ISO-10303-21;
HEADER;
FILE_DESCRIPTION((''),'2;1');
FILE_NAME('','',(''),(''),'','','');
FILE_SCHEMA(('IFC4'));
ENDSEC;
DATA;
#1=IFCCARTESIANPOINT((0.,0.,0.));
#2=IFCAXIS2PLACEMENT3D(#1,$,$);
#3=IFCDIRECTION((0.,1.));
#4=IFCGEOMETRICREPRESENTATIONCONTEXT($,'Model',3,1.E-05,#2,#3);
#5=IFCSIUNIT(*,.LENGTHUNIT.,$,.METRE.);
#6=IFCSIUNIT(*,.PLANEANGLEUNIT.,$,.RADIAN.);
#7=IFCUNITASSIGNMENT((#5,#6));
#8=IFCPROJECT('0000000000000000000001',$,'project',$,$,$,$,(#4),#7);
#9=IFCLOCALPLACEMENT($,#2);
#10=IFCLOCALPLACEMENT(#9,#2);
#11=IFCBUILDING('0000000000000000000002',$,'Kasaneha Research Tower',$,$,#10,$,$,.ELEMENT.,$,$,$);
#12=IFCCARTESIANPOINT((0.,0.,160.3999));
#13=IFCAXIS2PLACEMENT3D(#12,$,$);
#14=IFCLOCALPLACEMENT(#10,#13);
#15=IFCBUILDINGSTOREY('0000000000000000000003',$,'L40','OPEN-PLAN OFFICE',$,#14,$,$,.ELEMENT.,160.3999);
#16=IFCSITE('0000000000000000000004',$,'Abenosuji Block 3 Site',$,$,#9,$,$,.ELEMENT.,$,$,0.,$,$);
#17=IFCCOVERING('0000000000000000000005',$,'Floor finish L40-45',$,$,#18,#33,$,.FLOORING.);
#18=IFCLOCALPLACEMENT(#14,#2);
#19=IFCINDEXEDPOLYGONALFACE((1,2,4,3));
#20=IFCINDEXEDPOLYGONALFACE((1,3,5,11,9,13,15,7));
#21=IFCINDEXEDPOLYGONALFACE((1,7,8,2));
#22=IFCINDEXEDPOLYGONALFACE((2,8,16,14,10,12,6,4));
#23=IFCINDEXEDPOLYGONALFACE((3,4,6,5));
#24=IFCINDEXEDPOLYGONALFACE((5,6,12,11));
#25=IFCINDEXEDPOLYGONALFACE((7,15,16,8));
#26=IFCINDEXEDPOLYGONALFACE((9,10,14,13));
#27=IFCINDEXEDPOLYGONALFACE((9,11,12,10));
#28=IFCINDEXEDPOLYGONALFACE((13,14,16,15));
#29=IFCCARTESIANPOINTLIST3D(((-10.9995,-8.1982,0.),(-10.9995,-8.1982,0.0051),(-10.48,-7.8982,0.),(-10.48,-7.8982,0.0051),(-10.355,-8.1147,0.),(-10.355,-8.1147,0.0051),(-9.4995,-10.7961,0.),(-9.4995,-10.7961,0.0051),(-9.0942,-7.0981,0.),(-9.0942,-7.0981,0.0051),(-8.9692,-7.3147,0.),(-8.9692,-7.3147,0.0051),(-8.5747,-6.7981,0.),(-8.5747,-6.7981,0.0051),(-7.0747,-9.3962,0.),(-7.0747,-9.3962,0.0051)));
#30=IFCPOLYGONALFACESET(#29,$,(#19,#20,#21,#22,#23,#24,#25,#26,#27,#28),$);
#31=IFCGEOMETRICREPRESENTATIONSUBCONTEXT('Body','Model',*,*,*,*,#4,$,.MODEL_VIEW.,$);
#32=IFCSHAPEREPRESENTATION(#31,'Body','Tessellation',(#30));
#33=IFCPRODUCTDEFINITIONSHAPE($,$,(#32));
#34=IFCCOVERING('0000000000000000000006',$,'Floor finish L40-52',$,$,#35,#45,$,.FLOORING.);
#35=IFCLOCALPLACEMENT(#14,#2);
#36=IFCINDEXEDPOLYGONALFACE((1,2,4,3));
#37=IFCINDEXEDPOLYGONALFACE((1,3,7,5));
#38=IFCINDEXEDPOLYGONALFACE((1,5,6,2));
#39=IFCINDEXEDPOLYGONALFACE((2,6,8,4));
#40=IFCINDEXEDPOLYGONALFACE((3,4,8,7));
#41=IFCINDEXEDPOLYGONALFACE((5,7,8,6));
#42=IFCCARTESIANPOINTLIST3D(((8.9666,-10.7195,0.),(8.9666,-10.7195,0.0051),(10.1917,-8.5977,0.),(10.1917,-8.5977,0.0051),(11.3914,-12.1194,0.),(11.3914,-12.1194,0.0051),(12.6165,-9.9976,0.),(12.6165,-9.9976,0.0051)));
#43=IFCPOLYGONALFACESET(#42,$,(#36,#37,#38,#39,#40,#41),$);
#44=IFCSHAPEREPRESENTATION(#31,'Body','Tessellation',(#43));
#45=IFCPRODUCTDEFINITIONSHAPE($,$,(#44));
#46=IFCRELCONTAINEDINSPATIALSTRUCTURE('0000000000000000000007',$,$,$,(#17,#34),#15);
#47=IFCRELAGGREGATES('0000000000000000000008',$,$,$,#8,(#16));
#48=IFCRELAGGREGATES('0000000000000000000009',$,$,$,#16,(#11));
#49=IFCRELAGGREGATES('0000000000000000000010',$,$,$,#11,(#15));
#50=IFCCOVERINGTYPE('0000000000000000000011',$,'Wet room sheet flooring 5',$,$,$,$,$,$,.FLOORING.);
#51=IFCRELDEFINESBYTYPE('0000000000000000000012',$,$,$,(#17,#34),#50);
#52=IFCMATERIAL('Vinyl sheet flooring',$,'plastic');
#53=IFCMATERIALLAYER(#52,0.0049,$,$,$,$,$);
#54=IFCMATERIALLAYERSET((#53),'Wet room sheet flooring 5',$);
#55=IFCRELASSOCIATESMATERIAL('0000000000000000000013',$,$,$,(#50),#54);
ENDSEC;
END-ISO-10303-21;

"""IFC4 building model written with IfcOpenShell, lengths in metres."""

from ifc_helpers import new_model, si_unit, direction, frame, origin, place, context, subcontext, project, spatial, polyline, outline, extrude, material, layer, layer_set, type_object, element, save


model = new_model("IFC4")

# Units and contexts
model_context = context("Model", 3, precision=1e-05, world=origin(), true_north=direction((0.0, 1.0)))
body_context = subcontext(model_context, "Body", "Model", "MODEL_VIEW")
ifc_project = project(units=[si_unit("LENGTHUNIT", "METRE"), si_unit("PLANEANGLEUNIT", "RADIAN")], contexts=[model_context])

# Site, building, storey
site_placement = place(None, origin())
site = spatial("IfcSite", under=ifc_project, at=site_placement, Name="Abenosuji Block 3 Site", CompositionType="ELEMENT", RefElevation=0.0)
building_placement = place(site_placement, origin())
building = spatial("IfcBuilding", under=site, at=building_placement, Name="Kasaneha Research Tower", CompositionType="ELEMENT")
storey_placement = place(building_placement, frame((0.0, 0.0, 160.3999)))
storey = spatial("IfcBuildingStorey", under=building, at=storey_placement, Name="L40", Description="OPEN-PLAN OFFICE", CompositionType="ELEMENT", Elevation=160.3999)

# Coverings
ifc_material_1 = material(Name="Vinyl sheet flooring", Category="plastic")
ifc_layer_1 = layer(ifc_material_1, 0.0049)
ifc_layer_set_1 = layer_set([ifc_layer_1], Name="Wet room sheet flooring 5")
covering_type_1 = type_object("IfcCoveringType", Name="Wet room sheet flooring 5", PredefinedType="FLOORING", material=ifc_layer_set_1)
covering_1_placement = place(storey_placement, origin())
element("IfcCovering", 1, at=covering_1_placement, inside=storey, type_object=covering_type_1, Name="Floor finish L40-45", PredefinedType="FLOORING", context=body_context, shape_type="SweptSolid", body=[
    extrude(outline(polyline([(-10.9995, -8.1982), (-10.48, -7.8982), (-10.355, -8.1147), (-8.9692, -7.3147), (-9.0942, -7.0981), (-8.5747, -6.7981), (-7.0747, -9.3962), (-9.4995, -10.7961), (-10.9995, -8.1982)])), origin(), (0.0, 0.0, 1.0), 0.0051),
])
covering_2_placement = place(storey_placement, origin())
element("IfcCovering", 2, at=covering_2_placement, inside=storey, type_object=covering_type_1, Name="Floor finish L40-52", PredefinedType="FLOORING", context=body_context, shape_type="SweptSolid", body=[
    extrude(outline(polyline([(11.3914, -12.1194), (8.9666, -10.7195), (10.1917, -8.5977), (12.6165, -9.9976), (11.3914, -12.1194)])), origin(), (0.0, 0.0, 1.0), 0.0051),
])

save(model, "model.ifc")
